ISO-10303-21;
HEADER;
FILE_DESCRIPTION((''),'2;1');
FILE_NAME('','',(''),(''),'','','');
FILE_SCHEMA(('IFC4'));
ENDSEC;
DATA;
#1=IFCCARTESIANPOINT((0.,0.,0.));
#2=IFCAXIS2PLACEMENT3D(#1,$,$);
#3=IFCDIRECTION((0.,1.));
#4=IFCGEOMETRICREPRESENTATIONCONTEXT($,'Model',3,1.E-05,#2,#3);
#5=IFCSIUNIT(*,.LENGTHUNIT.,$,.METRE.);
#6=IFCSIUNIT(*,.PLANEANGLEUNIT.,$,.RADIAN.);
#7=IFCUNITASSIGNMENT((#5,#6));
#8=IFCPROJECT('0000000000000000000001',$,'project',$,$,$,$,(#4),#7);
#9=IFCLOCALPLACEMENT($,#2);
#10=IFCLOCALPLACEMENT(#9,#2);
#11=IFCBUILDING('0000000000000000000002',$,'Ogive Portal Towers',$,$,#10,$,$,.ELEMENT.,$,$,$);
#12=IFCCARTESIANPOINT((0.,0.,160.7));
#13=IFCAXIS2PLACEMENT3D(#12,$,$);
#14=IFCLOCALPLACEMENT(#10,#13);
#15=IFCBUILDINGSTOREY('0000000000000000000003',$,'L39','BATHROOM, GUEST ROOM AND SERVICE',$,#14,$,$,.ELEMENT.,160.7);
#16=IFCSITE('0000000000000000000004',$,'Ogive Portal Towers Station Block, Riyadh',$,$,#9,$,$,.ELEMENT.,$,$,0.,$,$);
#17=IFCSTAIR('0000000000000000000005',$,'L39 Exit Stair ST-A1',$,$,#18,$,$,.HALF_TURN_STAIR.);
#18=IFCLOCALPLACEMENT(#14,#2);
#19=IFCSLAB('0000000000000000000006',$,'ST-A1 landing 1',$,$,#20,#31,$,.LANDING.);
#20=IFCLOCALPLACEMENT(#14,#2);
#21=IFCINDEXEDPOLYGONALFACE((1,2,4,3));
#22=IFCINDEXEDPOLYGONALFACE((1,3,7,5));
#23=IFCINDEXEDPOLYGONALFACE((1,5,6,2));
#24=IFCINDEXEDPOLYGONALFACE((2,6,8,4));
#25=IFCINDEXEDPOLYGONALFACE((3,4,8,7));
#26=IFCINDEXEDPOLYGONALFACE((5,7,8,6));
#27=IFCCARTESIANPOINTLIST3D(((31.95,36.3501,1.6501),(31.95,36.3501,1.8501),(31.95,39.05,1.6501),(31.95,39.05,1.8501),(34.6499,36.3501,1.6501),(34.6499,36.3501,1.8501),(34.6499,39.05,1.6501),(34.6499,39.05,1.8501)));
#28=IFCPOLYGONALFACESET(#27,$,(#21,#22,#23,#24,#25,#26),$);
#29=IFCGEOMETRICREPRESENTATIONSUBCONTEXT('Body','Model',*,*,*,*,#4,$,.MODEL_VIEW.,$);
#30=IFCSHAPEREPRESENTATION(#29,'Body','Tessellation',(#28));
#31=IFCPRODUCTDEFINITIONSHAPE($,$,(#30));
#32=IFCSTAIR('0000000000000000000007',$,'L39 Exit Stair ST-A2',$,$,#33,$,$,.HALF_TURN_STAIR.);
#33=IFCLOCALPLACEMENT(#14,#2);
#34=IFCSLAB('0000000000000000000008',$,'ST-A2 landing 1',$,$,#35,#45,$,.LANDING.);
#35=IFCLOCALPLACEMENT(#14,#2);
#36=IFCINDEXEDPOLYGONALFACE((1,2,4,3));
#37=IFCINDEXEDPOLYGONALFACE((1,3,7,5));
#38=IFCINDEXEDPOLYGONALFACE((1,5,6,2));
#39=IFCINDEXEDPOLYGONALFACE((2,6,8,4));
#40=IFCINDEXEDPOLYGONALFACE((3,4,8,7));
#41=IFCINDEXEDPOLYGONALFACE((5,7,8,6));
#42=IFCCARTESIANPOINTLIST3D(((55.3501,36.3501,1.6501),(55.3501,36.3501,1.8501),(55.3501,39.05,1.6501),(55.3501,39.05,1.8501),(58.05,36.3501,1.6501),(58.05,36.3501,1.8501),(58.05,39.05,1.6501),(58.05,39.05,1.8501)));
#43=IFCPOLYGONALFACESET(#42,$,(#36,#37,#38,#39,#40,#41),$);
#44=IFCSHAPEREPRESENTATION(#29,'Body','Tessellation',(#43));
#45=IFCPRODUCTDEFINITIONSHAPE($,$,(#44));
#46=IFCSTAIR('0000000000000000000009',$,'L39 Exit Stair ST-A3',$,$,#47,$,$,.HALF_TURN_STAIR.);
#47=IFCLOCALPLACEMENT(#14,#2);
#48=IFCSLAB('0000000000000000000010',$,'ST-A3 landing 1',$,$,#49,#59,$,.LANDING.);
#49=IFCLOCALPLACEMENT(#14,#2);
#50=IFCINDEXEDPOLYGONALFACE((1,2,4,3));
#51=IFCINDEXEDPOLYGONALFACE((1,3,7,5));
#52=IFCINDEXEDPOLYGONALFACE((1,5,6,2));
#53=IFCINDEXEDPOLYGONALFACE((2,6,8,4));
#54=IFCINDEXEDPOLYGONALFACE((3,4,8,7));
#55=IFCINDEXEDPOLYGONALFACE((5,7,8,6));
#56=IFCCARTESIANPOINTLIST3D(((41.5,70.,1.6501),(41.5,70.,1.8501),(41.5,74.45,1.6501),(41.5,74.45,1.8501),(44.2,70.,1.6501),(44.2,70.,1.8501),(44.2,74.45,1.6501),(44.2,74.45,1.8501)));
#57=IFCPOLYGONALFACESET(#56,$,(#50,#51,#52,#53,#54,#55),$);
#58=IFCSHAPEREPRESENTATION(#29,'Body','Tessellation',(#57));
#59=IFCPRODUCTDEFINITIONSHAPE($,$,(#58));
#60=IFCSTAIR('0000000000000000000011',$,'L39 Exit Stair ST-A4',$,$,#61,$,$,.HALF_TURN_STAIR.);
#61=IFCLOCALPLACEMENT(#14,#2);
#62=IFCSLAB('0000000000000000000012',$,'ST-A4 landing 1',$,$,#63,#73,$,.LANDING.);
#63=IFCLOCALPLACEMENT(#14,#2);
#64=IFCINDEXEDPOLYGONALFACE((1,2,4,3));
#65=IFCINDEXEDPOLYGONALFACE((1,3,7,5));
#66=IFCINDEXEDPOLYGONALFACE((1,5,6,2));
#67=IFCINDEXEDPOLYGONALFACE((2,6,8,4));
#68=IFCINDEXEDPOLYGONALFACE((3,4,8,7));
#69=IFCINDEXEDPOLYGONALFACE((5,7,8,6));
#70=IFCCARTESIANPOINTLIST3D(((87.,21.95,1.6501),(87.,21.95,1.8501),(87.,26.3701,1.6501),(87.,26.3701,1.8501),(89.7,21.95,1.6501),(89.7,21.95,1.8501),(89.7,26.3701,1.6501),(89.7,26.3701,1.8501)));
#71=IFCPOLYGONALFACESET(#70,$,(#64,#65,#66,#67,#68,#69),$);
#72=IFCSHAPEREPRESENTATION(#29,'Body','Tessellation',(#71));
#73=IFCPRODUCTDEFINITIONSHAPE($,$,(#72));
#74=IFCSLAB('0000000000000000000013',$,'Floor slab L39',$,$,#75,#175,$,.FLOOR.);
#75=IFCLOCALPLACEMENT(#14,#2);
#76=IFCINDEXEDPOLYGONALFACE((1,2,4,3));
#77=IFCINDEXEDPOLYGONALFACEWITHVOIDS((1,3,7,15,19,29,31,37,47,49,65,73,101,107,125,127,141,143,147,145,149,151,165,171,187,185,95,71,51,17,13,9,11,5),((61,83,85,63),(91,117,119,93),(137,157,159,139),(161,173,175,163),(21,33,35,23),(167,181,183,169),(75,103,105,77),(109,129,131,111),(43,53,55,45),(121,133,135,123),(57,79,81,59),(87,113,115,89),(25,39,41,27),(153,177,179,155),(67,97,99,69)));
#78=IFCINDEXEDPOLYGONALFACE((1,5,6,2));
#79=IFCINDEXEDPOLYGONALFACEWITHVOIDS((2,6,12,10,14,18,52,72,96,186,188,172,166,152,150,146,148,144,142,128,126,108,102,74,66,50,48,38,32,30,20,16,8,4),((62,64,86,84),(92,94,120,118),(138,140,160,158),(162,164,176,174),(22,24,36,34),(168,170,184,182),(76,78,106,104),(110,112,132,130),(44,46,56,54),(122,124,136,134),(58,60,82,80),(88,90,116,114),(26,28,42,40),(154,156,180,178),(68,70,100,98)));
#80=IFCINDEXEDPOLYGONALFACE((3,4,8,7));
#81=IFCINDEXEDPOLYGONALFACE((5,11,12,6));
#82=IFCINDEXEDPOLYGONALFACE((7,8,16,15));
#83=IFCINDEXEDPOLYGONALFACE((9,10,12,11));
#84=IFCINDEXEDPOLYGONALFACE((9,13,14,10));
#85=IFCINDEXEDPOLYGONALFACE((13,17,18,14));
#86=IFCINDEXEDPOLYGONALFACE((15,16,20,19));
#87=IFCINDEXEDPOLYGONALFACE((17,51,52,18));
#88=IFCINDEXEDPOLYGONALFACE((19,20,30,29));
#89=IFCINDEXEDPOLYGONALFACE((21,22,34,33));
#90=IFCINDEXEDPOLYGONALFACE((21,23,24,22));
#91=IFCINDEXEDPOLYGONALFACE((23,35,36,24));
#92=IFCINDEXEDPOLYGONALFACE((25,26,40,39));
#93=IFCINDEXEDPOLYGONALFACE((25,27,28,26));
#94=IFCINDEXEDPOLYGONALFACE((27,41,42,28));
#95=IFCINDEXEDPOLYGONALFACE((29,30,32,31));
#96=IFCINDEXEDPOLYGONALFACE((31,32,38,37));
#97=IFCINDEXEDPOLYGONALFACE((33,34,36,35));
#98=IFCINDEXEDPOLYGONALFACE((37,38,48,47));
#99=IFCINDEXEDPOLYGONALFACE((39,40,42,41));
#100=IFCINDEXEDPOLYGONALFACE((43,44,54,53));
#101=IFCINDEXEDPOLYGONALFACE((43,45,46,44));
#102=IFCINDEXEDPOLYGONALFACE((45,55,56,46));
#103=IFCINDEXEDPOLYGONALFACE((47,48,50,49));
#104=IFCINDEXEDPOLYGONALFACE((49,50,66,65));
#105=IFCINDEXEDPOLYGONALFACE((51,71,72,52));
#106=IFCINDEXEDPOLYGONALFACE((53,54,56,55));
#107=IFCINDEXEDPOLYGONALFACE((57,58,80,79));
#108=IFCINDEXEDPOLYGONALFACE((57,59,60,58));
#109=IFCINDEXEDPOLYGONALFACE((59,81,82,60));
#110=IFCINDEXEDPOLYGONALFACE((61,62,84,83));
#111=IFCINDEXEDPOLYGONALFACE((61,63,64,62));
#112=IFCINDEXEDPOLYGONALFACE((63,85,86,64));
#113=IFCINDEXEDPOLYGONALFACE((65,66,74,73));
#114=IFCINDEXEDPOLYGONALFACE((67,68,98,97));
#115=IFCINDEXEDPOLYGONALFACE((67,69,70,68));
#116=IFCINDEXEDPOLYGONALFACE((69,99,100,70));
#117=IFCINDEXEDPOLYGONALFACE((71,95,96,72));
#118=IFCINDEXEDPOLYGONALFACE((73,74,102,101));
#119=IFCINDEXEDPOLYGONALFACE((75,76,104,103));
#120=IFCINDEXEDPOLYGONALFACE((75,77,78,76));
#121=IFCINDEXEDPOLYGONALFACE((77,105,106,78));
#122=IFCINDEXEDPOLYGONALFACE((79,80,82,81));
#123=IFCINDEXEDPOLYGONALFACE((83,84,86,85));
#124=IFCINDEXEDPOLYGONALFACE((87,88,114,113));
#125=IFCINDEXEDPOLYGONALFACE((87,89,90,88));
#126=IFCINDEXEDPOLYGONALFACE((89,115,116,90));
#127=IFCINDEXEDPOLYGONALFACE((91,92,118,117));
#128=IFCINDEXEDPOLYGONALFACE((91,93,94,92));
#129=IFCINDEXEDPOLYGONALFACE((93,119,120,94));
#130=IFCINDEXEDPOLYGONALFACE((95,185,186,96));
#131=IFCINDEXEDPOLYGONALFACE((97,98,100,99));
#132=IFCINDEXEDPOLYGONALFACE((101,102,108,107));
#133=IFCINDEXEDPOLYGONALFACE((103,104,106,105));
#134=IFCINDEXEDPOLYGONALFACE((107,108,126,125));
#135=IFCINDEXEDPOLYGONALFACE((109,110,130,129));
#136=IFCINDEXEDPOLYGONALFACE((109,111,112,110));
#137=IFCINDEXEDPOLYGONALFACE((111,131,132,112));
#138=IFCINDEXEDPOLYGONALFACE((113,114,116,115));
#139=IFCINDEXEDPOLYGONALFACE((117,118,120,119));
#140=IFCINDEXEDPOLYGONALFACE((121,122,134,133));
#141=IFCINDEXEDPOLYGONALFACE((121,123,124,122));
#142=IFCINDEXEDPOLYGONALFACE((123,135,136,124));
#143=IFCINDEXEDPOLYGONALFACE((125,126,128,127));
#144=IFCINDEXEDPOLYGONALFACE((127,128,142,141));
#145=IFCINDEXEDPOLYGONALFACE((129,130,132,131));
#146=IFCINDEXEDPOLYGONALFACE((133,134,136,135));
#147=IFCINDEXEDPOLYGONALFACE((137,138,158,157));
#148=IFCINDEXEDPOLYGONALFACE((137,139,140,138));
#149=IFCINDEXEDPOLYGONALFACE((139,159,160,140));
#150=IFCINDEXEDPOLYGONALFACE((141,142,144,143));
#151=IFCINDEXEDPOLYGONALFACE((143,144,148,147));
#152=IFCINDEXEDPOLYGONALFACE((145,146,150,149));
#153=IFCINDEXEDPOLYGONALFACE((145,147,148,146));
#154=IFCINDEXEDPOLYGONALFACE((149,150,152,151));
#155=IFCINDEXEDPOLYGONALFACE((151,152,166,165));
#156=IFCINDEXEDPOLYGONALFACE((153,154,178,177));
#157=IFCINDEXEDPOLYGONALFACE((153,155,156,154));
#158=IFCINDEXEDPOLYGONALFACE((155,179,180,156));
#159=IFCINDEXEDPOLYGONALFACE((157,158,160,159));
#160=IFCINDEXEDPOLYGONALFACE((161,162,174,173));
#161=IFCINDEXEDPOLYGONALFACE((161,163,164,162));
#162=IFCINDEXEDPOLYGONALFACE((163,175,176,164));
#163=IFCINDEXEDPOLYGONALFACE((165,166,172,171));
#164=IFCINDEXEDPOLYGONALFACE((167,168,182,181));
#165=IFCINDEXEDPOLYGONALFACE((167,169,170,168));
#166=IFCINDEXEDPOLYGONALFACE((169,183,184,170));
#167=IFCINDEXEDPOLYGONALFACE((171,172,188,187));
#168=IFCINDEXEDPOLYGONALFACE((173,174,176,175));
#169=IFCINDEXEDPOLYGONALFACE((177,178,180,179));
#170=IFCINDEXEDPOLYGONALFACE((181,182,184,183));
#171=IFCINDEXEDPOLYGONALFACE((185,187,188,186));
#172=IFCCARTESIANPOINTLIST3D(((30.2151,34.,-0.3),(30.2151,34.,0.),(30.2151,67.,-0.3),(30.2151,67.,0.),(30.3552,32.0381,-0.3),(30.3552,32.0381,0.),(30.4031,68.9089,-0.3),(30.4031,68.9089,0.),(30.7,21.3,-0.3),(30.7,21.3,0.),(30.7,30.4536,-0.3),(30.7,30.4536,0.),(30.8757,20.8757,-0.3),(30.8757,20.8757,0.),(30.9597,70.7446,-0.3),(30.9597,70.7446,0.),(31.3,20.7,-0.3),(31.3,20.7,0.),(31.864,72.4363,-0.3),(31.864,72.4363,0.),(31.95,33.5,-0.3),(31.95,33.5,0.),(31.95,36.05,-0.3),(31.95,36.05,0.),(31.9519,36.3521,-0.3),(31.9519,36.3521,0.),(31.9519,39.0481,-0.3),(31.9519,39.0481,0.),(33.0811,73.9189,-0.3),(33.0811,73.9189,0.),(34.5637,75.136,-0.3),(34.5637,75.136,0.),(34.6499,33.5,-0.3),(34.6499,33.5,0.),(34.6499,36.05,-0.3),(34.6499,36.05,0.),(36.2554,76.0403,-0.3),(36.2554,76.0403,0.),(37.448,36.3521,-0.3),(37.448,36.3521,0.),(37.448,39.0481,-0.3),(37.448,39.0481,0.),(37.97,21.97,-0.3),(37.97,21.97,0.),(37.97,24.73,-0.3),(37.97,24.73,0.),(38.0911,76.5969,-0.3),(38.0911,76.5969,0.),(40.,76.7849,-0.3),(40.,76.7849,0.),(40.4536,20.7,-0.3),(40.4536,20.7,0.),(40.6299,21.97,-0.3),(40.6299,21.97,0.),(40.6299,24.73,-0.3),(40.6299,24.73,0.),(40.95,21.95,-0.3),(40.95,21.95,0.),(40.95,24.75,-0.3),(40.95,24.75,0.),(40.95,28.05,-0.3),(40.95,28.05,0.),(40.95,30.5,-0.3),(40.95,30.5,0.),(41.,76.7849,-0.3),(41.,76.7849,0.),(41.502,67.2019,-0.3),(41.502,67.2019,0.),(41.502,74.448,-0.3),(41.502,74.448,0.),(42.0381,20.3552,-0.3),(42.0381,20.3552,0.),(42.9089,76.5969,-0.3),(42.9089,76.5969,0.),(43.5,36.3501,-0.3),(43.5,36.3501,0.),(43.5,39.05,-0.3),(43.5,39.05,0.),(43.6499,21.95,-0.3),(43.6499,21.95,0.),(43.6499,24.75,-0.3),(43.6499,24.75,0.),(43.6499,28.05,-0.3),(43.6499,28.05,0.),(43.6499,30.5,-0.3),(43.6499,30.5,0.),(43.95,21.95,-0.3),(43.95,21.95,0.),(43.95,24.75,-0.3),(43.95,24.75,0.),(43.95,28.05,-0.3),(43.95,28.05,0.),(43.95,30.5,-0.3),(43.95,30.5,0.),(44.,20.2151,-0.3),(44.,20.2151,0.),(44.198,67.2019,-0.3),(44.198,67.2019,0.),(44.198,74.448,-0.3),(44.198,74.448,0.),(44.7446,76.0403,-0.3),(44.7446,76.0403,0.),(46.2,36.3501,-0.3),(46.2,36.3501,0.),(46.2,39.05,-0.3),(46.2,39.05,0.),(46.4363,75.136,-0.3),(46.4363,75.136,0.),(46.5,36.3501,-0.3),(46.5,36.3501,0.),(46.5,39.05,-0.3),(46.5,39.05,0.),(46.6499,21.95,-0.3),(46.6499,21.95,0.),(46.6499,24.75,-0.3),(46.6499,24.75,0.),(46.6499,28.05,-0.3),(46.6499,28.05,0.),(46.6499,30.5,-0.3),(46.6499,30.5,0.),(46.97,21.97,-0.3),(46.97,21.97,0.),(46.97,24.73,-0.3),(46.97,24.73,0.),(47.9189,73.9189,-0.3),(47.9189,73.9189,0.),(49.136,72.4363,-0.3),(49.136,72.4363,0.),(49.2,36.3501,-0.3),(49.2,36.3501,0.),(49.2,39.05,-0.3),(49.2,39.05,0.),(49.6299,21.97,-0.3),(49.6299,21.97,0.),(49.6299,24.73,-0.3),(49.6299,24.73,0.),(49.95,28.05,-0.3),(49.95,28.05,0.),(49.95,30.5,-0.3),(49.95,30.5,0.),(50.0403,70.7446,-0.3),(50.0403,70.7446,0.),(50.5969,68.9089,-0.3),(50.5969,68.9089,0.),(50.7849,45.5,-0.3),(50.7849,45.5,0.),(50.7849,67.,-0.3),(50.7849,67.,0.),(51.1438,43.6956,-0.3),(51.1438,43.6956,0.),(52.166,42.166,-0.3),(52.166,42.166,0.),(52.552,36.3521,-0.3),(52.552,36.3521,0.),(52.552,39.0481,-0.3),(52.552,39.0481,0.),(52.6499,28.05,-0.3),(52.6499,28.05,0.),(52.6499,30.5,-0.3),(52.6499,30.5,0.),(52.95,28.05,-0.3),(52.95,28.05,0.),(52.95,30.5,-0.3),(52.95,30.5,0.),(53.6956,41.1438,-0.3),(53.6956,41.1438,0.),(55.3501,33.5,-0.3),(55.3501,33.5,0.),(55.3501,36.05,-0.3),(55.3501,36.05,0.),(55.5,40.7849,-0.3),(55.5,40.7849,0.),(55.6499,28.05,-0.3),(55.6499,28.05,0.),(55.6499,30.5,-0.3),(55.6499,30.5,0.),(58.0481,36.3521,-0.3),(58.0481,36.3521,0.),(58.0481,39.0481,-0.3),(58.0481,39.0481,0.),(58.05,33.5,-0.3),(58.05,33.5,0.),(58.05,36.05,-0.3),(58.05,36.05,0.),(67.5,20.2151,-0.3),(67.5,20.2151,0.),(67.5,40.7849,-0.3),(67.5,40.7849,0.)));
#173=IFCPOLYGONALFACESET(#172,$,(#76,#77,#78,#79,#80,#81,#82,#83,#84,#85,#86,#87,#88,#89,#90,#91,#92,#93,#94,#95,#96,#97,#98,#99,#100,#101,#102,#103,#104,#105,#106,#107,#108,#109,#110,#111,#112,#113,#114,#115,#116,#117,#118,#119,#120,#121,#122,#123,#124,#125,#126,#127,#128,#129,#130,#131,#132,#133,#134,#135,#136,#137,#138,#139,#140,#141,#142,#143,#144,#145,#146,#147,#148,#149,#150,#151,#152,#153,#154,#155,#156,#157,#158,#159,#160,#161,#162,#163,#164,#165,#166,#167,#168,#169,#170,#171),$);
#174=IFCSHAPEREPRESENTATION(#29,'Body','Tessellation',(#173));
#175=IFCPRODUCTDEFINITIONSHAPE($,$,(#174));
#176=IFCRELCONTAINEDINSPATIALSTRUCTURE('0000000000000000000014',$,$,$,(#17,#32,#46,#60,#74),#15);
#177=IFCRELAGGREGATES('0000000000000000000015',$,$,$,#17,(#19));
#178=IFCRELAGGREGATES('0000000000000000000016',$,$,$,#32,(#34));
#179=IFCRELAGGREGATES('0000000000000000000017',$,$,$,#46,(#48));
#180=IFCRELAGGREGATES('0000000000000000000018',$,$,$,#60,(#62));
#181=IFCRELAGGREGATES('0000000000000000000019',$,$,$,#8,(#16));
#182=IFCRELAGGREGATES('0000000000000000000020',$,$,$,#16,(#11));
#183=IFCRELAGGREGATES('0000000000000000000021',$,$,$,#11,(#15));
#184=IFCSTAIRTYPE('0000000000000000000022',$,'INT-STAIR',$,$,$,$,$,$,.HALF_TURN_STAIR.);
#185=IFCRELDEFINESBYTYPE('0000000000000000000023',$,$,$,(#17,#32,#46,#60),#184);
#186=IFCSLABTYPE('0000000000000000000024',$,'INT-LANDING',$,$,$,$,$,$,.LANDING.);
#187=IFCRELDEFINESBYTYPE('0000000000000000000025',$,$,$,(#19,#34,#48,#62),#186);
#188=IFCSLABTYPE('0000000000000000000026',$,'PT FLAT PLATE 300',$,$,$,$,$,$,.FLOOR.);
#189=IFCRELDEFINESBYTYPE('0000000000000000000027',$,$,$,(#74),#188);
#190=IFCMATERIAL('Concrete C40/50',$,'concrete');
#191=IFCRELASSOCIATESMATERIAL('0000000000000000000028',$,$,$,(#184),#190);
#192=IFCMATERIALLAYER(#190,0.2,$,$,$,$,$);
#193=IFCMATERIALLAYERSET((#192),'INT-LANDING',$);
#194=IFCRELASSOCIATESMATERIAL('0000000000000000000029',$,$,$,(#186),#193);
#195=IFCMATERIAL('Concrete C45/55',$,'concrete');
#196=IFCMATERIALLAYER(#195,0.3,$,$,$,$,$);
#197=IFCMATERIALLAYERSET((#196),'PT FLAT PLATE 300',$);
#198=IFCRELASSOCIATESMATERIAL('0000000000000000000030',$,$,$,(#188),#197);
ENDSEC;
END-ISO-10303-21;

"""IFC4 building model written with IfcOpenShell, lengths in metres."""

from ifc_helpers import new_model, si_unit, direction, frame, origin, place, context, subcontext, project, spatial, polyline, outline, extrude, material, layer, layer_set, type_object, element, aggregate, save


model = new_model("IFC4")

# Units and contexts
model_context = context("Model", 3, precision=1e-05, world=origin(), true_north=direction((0.0, 1.0)))
body_context = subcontext(model_context, "Body", "Model", "MODEL_VIEW")
ifc_project = project(units=[si_unit("LENGTHUNIT", "METRE"), si_unit("PLANEANGLEUNIT", "RADIAN")], contexts=[model_context])

# Site, building, storey
site_placement = place(None, origin())
site = spatial("IfcSite", under=ifc_project, at=site_placement, Name="Ogive Portal Towers Station Block, Riyadh", CompositionType="ELEMENT", RefElevation=0.0)
building_placement = place(site_placement, origin())
building = spatial("IfcBuilding", under=site, at=building_placement, Name="Ogive Portal Towers", CompositionType="ELEMENT")
storey_placement = place(building_placement, frame((0.0, 0.0, 160.7)))
storey = spatial("IfcBuildingStorey", under=building, at=storey_placement, Name="L39", Description="BATHROOM, GUEST ROOM AND SERVICE", CompositionType="ELEMENT", Elevation=160.7)

# Stairs, slabs
ifc_material_1 = material(Name="Concrete C40/50", Category="concrete")
stair_type = type_object("IfcStairType", Name="INT-STAIR", PredefinedType="HALF_TURN_STAIR", material=ifc_material_1)
stair_1_placement = place(storey_placement, origin())
stair_1 = element("IfcStair", 1, at=stair_1_placement, inside=storey, type_object=stair_type, Name="L39 Exit Stair ST-A1", PredefinedType="HALF_TURN_STAIR")
ifc_layer_1 = layer(ifc_material_1, 0.2)
ifc_layer_set_1 = layer_set([ifc_layer_1], Name="INT-LANDING")
slab_type_1 = type_object("IfcSlabType", Name="INT-LANDING", PredefinedType="LANDING", material=ifc_layer_set_1)
slab_1_placement = place(storey_placement, frame((0.0, 0.0, 1.6501)))
slab_1 = element("IfcSlab", 2, at=slab_1_placement, type_object=slab_type_1, Name="ST-A1 landing 1", PredefinedType="LANDING", context=body_context, shape_type="SweptSolid", body=[
    extrude(outline(polyline([(34.6499, 39.05), (31.95, 39.05), (31.95, 36.3501), (34.6499, 36.3501), (34.6499, 39.05)])), origin(), (0.0, 0.0, 1.0), 0.2),
])
aggregate(stair_1, [slab_1])
stair_2_placement = place(storey_placement, origin())
stair_2 = element("IfcStair", 3, at=stair_2_placement, inside=storey, type_object=stair_type, Name="L39 Exit Stair ST-A2", PredefinedType="HALF_TURN_STAIR")
slab_2_placement = place(storey_placement, frame((0.0, 0.0, 1.6501)))
slab_2 = element("IfcSlab", 4, at=slab_2_placement, type_object=slab_type_1, Name="ST-A2 landing 1", PredefinedType="LANDING", context=body_context, shape_type="SweptSolid", body=[
    extrude(outline(polyline([(55.3501, 36.3501), (58.05, 36.3501), (58.05, 39.05), (55.3501, 39.05), (55.3501, 36.3501)])), origin(), (0.0, 0.0, 1.0), 0.2),
])
aggregate(stair_2, [slab_2])
stair_3_placement = place(storey_placement, origin())
stair_3 = element("IfcStair", 5, at=stair_3_placement, inside=storey, type_object=stair_type, Name="L39 Exit Stair ST-A3", PredefinedType="HALF_TURN_STAIR")
slab_3_placement = place(storey_placement, frame((0.0, 0.0, 1.6501)))
slab_3 = element("IfcSlab", 6, at=slab_3_placement, type_object=slab_type_1, Name="ST-A3 landing 1", PredefinedType="LANDING", context=body_context, shape_type="SweptSolid", body=[
    extrude(outline(polyline([(44.2, 70.0), (44.2, 74.45), (41.5, 74.45), (41.5, 70.0), (44.2, 70.0)])), origin(), (0.0, 0.0, 1.0), 0.2),
])
aggregate(stair_3, [slab_3])
stair_4_placement = place(storey_placement, origin())
stair_4 = element("IfcStair", 7, at=stair_4_placement, inside=storey, type_object=stair_type, Name="L39 Exit Stair ST-A4", PredefinedType="HALF_TURN_STAIR")
slab_4_placement = place(storey_placement, frame((0.0, 0.0, 1.6501)))
slab_4 = element("IfcSlab", 8, at=slab_4_placement, type_object=slab_type_1, Name="ST-A4 landing 1", PredefinedType="LANDING", context=body_context, shape_type="SweptSolid", body=[
    extrude(outline(polyline([(87.0, 26.3701), (87.0, 21.95), (89.7, 21.95), (89.7, 26.3701), (87.0, 26.3701)])), origin(), (0.0, 0.0, 1.0), 0.2),
])
aggregate(stair_4, [slab_4])

# Slab
ifc_material_2 = material(Name="Concrete C45/55", Category="concrete")
ifc_layer_2 = layer(ifc_material_2, 0.3)
ifc_layer_set_2 = layer_set([ifc_layer_2], Name="PT FLAT PLATE 300")
slab_type_2 = type_object("IfcSlabType", Name="PT FLAT PLATE 300", PredefinedType="FLOOR", material=ifc_layer_set_2)
slab_5_placement = place(storey_placement, frame((0.0, 0.0, -0.3)))
element("IfcSlab", 9, at=slab_5_placement, inside=storey, type_object=slab_type_2, Name="Floor slab L39", PredefinedType="FLOOR", context=body_context, shape_type="SweptSolid", body=[
    extrude(outline(polyline([(30.2151, 67.0), (30.2151, 34.0), (30.3552, 32.0381), (30.7, 30.4536), (30.7, 21.3), (30.8757, 20.8757), (31.3, 20.7), (40.4536, 20.7), (42.0381, 20.3552), (44.0, 20.2151), (67.5, 20.2151), (67.5, 40.7849), (55.5, 40.7849), (53.6956, 41.1438), (52.166, 42.166), (51.1438, 43.6956), (50.7849, 45.5), (50.7849, 67.0), (50.5969, 68.9089), (50.0403, 70.7446), (49.136, 72.4363), (47.9189, 73.9189), (46.4363, 75.136), (44.7446, 76.0403), (42.9089, 76.5969), (41.0, 76.7849), (40.0, 76.7849), (38.0911, 76.5969), (36.2554, 76.0403), (34.5637, 75.136), (33.0811, 73.9189), (31.864, 72.4363), (30.9597, 70.7446), (30.4031, 68.9089), (30.2151, 67.0)]), holes=[polyline([(40.6299, 21.97), (37.97, 21.97), (37.97, 24.73), (40.6299, 24.73), (40.6299, 21.97)]), polyline([(43.6499, 24.75), (43.6499, 21.95), (40.95, 21.95), (40.95, 24.75), (43.6499, 24.75)]), polyline([(46.6499, 24.75), (46.6499, 21.95), (43.95, 21.95), (43.95, 24.75), (46.6499, 24.75)]), polyline([(43.6499, 30.5), (43.6499, 28.05), (40.95, 28.05), (40.95, 30.5), (43.6499, 30.5)]), polyline([(34.6499, 36.05), (34.6499, 33.5), (31.95, 33.5), (31.95, 36.05), (34.6499, 36.05)]), polyline([(31.9519, 39.0481), (37.448, 39.0481), (37.448, 36.3521), (31.9519, 36.3521), (31.9519, 39.0481)]), polyline([(46.2, 39.05), (46.2, 36.3501), (43.5, 36.3501), (43.5, 39.05), (46.2, 39.05)]), polyline([(44.198, 74.448), (44.198, 67.2019), (41.502, 67.2019), (41.502, 74.448), (44.198, 74.448)]), polyline([(49.6299, 21.97), (46.97, 21.97), (46.97, 24.73), (49.6299, 24.73), (49.6299, 21.97)]), polyline([(46.6499, 30.5), (46.6499, 28.05), (43.95, 28.05), (43.95, 30.5), (46.6499, 30.5)]), polyline([(52.6499, 30.5), (52.6499, 28.05), (49.95, 28.05), (49.95, 30.5), (52.6499, 30.5)]), polyline([(55.6499, 30.5), (55.6499, 28.05), (52.95, 28.05), (52.95, 30.5), (55.6499, 30.5)]), polyline([(58.05, 36.05), (58.05, 33.5), (55.3501, 33.5), (55.3501, 36.05), (58.05, 36.05)]), polyline([(49.2, 39.05), (49.2, 36.3501), (46.5, 36.3501), (46.5, 39.05), (49.2, 39.05)]), polyline([(58.0481, 36.3521), (52.552, 36.3521), (52.552, 39.0481), (58.0481, 39.0481), (58.0481, 36.3521)])]), origin(), (0.0, 0.0, 1.0), 0.3),
])

save(model, "model.ifc")
